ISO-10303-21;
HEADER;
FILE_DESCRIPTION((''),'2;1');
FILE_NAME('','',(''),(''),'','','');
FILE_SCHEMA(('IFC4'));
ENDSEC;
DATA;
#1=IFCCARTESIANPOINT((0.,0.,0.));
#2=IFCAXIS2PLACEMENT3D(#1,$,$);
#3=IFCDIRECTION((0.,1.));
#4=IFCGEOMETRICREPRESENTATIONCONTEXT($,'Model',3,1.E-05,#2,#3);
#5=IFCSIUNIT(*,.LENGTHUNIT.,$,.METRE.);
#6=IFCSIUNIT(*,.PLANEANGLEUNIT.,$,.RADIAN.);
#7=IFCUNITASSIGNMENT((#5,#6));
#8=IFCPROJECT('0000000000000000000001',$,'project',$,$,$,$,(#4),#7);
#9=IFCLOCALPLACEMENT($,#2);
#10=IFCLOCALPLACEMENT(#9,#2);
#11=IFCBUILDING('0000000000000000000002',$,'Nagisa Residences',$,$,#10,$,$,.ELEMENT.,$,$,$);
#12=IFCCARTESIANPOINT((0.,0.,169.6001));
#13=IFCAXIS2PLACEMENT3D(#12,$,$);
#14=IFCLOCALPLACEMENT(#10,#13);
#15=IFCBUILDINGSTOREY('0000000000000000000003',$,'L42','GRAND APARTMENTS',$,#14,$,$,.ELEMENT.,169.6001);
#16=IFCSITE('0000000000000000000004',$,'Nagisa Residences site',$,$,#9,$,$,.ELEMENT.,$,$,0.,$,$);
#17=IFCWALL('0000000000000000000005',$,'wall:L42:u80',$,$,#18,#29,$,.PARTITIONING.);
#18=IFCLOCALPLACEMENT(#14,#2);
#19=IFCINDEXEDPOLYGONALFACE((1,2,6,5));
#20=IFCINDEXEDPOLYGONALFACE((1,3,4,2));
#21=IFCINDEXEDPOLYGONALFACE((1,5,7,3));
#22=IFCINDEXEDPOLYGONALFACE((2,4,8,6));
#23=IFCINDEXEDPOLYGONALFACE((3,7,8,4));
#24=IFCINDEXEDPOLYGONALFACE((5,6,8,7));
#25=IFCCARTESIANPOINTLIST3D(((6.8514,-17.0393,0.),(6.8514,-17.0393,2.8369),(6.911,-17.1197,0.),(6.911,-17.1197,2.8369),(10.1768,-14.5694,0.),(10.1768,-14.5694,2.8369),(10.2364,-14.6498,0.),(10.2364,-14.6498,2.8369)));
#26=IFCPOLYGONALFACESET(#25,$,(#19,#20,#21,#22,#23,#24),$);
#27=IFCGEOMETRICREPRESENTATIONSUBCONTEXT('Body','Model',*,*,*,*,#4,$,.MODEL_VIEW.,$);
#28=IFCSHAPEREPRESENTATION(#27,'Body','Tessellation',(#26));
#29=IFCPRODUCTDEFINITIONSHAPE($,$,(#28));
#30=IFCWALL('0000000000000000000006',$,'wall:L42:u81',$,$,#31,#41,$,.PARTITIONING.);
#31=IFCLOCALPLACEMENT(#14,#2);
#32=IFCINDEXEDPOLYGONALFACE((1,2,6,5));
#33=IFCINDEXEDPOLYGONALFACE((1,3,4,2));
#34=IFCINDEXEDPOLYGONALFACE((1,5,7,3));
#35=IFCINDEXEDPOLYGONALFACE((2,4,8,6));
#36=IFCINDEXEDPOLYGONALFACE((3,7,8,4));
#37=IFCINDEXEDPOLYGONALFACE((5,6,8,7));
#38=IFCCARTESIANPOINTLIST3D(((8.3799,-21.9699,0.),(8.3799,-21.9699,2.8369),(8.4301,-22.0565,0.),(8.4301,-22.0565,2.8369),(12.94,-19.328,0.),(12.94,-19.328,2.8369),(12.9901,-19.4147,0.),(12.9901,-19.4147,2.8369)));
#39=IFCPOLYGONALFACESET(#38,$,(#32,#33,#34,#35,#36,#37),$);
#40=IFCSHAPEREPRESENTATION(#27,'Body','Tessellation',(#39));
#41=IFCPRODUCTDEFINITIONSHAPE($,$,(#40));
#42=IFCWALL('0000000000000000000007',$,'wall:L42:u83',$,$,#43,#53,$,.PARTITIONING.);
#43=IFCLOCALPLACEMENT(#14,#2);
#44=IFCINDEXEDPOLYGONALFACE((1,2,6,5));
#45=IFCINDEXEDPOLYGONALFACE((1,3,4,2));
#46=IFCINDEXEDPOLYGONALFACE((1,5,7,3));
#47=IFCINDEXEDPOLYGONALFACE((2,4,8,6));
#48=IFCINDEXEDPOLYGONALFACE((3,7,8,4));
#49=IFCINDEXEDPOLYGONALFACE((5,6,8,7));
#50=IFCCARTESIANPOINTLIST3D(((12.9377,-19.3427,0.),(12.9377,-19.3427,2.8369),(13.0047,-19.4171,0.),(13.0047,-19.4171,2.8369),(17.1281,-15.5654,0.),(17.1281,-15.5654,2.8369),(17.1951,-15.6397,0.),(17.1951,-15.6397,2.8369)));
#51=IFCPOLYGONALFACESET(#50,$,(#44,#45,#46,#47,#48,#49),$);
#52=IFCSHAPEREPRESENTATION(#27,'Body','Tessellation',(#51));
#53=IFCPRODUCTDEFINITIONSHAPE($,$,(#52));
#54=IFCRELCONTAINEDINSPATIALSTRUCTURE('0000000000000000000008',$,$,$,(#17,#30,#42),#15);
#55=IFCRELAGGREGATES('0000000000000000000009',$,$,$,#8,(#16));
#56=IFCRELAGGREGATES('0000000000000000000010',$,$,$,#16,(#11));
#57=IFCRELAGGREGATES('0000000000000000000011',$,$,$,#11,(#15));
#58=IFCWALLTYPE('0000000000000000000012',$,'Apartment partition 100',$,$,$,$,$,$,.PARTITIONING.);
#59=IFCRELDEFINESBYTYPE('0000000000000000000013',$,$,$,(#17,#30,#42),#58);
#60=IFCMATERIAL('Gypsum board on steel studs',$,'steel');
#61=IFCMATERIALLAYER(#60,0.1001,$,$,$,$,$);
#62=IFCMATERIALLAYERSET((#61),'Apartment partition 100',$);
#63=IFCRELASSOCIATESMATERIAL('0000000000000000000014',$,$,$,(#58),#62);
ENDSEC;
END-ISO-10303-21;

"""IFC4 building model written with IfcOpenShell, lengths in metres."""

from ifc_helpers import new_model, si_unit, direction, frame, frame_2d, origin, place, context, subcontext, project, spatial, rectangle, extrude, material, layer, layer_set, type_object, element, save


model = new_model("IFC4")

# Units and contexts
model_context = context("Model", 3, precision=1e-05, world=origin(), true_north=direction((0.0, 1.0)))
body_context = subcontext(model_context, "Body", "Model", "MODEL_VIEW")
ifc_project = project(units=[si_unit("LENGTHUNIT", "METRE"), si_unit("PLANEANGLEUNIT", "RADIAN")], contexts=[model_context])

# Site, building, storey
site_placement = place(None, origin())
site = spatial("IfcSite", under=ifc_project, at=site_placement, Name="Nagisa Residences site", CompositionType="ELEMENT", RefElevation=0.0)
building_placement = place(site_placement, origin())
building = spatial("IfcBuilding", under=site, at=building_placement, Name="Nagisa Residences", CompositionType="ELEMENT")
storey_placement = place(building_placement, frame((0.0, 0.0, 169.6001)))
storey = spatial("IfcBuildingStorey", under=building, at=storey_placement, Name="L42", Description="GRAND APARTMENTS", CompositionType="ELEMENT", Elevation=169.6001)

# Shared definitions
ifc_material_1 = material(Name="Gypsum board on steel studs", Category="steel")
ifc_layer_1 = layer(ifc_material_1, 0.1001)
ifc_layer_set_1 = layer_set([ifc_layer_1], Name="Apartment partition 100")
wall_type_1 = type_object("IfcWallType", Name="Apartment partition 100", PredefinedType="PARTITIONING", material=ifc_layer_set_1)

# Walls
wall_1_placement = place(storey_placement, frame((6.8811, -17.0796, 0.0), z_axis=(0.0, 0.0, 1.0), x_axis=(0.802785, 0.596269, 0.0)))
element("IfcWall", 1, at=wall_1_placement, inside=storey, type_object=wall_type_1, Name="wall:L42:u80", PredefinedType="PARTITIONING", context=body_context, shape_type="SweptSolid", body=[
    extrude(rectangle(XDim=4.1423, YDim=0.1001, at=frame_2d((2.0713, 0.0))), origin(), (0.0, 0.0, 1.0), 2.8369),
])
wall_2_placement = place(storey_placement, frame((8.405, -22.0132, 0.0), z_axis=(0.0, 0.0, 1.0), x_axis=(0.865277, 0.501294, 0.0)))
element("IfcWall", 2, at=wall_2_placement, inside=storey, type_object=wall_type_1, Name="wall:L42:u81", PredefinedType="PARTITIONING", context=body_context, shape_type="SweptSolid", body=[
    extrude(rectangle(XDim=5.27, YDim=0.1001, at=frame_2d((2.635, 0.0))), origin(), (0.0, 0.0, 1.0), 2.8369),
])
wall_3_placement = place(storey_placement, frame((12.9712, -19.3799, 0.0), z_axis=(0.0, 0.0, 1.0), x_axis=(0.742769, 0.669548, 0.0)))
element("IfcWall", 3, at=wall_3_placement, inside=storey, type_object=wall_type_1, Name="wall:L42:u83", PredefinedType="PARTITIONING", context=body_context, shape_type="SweptSolid", body=[
    extrude(rectangle(XDim=5.6416, YDim=0.1001, at=frame_2d((2.8208, 0.0))), origin(), (0.0, 0.0, 1.0), 2.8369),
])

save(model, "model.ifc")
